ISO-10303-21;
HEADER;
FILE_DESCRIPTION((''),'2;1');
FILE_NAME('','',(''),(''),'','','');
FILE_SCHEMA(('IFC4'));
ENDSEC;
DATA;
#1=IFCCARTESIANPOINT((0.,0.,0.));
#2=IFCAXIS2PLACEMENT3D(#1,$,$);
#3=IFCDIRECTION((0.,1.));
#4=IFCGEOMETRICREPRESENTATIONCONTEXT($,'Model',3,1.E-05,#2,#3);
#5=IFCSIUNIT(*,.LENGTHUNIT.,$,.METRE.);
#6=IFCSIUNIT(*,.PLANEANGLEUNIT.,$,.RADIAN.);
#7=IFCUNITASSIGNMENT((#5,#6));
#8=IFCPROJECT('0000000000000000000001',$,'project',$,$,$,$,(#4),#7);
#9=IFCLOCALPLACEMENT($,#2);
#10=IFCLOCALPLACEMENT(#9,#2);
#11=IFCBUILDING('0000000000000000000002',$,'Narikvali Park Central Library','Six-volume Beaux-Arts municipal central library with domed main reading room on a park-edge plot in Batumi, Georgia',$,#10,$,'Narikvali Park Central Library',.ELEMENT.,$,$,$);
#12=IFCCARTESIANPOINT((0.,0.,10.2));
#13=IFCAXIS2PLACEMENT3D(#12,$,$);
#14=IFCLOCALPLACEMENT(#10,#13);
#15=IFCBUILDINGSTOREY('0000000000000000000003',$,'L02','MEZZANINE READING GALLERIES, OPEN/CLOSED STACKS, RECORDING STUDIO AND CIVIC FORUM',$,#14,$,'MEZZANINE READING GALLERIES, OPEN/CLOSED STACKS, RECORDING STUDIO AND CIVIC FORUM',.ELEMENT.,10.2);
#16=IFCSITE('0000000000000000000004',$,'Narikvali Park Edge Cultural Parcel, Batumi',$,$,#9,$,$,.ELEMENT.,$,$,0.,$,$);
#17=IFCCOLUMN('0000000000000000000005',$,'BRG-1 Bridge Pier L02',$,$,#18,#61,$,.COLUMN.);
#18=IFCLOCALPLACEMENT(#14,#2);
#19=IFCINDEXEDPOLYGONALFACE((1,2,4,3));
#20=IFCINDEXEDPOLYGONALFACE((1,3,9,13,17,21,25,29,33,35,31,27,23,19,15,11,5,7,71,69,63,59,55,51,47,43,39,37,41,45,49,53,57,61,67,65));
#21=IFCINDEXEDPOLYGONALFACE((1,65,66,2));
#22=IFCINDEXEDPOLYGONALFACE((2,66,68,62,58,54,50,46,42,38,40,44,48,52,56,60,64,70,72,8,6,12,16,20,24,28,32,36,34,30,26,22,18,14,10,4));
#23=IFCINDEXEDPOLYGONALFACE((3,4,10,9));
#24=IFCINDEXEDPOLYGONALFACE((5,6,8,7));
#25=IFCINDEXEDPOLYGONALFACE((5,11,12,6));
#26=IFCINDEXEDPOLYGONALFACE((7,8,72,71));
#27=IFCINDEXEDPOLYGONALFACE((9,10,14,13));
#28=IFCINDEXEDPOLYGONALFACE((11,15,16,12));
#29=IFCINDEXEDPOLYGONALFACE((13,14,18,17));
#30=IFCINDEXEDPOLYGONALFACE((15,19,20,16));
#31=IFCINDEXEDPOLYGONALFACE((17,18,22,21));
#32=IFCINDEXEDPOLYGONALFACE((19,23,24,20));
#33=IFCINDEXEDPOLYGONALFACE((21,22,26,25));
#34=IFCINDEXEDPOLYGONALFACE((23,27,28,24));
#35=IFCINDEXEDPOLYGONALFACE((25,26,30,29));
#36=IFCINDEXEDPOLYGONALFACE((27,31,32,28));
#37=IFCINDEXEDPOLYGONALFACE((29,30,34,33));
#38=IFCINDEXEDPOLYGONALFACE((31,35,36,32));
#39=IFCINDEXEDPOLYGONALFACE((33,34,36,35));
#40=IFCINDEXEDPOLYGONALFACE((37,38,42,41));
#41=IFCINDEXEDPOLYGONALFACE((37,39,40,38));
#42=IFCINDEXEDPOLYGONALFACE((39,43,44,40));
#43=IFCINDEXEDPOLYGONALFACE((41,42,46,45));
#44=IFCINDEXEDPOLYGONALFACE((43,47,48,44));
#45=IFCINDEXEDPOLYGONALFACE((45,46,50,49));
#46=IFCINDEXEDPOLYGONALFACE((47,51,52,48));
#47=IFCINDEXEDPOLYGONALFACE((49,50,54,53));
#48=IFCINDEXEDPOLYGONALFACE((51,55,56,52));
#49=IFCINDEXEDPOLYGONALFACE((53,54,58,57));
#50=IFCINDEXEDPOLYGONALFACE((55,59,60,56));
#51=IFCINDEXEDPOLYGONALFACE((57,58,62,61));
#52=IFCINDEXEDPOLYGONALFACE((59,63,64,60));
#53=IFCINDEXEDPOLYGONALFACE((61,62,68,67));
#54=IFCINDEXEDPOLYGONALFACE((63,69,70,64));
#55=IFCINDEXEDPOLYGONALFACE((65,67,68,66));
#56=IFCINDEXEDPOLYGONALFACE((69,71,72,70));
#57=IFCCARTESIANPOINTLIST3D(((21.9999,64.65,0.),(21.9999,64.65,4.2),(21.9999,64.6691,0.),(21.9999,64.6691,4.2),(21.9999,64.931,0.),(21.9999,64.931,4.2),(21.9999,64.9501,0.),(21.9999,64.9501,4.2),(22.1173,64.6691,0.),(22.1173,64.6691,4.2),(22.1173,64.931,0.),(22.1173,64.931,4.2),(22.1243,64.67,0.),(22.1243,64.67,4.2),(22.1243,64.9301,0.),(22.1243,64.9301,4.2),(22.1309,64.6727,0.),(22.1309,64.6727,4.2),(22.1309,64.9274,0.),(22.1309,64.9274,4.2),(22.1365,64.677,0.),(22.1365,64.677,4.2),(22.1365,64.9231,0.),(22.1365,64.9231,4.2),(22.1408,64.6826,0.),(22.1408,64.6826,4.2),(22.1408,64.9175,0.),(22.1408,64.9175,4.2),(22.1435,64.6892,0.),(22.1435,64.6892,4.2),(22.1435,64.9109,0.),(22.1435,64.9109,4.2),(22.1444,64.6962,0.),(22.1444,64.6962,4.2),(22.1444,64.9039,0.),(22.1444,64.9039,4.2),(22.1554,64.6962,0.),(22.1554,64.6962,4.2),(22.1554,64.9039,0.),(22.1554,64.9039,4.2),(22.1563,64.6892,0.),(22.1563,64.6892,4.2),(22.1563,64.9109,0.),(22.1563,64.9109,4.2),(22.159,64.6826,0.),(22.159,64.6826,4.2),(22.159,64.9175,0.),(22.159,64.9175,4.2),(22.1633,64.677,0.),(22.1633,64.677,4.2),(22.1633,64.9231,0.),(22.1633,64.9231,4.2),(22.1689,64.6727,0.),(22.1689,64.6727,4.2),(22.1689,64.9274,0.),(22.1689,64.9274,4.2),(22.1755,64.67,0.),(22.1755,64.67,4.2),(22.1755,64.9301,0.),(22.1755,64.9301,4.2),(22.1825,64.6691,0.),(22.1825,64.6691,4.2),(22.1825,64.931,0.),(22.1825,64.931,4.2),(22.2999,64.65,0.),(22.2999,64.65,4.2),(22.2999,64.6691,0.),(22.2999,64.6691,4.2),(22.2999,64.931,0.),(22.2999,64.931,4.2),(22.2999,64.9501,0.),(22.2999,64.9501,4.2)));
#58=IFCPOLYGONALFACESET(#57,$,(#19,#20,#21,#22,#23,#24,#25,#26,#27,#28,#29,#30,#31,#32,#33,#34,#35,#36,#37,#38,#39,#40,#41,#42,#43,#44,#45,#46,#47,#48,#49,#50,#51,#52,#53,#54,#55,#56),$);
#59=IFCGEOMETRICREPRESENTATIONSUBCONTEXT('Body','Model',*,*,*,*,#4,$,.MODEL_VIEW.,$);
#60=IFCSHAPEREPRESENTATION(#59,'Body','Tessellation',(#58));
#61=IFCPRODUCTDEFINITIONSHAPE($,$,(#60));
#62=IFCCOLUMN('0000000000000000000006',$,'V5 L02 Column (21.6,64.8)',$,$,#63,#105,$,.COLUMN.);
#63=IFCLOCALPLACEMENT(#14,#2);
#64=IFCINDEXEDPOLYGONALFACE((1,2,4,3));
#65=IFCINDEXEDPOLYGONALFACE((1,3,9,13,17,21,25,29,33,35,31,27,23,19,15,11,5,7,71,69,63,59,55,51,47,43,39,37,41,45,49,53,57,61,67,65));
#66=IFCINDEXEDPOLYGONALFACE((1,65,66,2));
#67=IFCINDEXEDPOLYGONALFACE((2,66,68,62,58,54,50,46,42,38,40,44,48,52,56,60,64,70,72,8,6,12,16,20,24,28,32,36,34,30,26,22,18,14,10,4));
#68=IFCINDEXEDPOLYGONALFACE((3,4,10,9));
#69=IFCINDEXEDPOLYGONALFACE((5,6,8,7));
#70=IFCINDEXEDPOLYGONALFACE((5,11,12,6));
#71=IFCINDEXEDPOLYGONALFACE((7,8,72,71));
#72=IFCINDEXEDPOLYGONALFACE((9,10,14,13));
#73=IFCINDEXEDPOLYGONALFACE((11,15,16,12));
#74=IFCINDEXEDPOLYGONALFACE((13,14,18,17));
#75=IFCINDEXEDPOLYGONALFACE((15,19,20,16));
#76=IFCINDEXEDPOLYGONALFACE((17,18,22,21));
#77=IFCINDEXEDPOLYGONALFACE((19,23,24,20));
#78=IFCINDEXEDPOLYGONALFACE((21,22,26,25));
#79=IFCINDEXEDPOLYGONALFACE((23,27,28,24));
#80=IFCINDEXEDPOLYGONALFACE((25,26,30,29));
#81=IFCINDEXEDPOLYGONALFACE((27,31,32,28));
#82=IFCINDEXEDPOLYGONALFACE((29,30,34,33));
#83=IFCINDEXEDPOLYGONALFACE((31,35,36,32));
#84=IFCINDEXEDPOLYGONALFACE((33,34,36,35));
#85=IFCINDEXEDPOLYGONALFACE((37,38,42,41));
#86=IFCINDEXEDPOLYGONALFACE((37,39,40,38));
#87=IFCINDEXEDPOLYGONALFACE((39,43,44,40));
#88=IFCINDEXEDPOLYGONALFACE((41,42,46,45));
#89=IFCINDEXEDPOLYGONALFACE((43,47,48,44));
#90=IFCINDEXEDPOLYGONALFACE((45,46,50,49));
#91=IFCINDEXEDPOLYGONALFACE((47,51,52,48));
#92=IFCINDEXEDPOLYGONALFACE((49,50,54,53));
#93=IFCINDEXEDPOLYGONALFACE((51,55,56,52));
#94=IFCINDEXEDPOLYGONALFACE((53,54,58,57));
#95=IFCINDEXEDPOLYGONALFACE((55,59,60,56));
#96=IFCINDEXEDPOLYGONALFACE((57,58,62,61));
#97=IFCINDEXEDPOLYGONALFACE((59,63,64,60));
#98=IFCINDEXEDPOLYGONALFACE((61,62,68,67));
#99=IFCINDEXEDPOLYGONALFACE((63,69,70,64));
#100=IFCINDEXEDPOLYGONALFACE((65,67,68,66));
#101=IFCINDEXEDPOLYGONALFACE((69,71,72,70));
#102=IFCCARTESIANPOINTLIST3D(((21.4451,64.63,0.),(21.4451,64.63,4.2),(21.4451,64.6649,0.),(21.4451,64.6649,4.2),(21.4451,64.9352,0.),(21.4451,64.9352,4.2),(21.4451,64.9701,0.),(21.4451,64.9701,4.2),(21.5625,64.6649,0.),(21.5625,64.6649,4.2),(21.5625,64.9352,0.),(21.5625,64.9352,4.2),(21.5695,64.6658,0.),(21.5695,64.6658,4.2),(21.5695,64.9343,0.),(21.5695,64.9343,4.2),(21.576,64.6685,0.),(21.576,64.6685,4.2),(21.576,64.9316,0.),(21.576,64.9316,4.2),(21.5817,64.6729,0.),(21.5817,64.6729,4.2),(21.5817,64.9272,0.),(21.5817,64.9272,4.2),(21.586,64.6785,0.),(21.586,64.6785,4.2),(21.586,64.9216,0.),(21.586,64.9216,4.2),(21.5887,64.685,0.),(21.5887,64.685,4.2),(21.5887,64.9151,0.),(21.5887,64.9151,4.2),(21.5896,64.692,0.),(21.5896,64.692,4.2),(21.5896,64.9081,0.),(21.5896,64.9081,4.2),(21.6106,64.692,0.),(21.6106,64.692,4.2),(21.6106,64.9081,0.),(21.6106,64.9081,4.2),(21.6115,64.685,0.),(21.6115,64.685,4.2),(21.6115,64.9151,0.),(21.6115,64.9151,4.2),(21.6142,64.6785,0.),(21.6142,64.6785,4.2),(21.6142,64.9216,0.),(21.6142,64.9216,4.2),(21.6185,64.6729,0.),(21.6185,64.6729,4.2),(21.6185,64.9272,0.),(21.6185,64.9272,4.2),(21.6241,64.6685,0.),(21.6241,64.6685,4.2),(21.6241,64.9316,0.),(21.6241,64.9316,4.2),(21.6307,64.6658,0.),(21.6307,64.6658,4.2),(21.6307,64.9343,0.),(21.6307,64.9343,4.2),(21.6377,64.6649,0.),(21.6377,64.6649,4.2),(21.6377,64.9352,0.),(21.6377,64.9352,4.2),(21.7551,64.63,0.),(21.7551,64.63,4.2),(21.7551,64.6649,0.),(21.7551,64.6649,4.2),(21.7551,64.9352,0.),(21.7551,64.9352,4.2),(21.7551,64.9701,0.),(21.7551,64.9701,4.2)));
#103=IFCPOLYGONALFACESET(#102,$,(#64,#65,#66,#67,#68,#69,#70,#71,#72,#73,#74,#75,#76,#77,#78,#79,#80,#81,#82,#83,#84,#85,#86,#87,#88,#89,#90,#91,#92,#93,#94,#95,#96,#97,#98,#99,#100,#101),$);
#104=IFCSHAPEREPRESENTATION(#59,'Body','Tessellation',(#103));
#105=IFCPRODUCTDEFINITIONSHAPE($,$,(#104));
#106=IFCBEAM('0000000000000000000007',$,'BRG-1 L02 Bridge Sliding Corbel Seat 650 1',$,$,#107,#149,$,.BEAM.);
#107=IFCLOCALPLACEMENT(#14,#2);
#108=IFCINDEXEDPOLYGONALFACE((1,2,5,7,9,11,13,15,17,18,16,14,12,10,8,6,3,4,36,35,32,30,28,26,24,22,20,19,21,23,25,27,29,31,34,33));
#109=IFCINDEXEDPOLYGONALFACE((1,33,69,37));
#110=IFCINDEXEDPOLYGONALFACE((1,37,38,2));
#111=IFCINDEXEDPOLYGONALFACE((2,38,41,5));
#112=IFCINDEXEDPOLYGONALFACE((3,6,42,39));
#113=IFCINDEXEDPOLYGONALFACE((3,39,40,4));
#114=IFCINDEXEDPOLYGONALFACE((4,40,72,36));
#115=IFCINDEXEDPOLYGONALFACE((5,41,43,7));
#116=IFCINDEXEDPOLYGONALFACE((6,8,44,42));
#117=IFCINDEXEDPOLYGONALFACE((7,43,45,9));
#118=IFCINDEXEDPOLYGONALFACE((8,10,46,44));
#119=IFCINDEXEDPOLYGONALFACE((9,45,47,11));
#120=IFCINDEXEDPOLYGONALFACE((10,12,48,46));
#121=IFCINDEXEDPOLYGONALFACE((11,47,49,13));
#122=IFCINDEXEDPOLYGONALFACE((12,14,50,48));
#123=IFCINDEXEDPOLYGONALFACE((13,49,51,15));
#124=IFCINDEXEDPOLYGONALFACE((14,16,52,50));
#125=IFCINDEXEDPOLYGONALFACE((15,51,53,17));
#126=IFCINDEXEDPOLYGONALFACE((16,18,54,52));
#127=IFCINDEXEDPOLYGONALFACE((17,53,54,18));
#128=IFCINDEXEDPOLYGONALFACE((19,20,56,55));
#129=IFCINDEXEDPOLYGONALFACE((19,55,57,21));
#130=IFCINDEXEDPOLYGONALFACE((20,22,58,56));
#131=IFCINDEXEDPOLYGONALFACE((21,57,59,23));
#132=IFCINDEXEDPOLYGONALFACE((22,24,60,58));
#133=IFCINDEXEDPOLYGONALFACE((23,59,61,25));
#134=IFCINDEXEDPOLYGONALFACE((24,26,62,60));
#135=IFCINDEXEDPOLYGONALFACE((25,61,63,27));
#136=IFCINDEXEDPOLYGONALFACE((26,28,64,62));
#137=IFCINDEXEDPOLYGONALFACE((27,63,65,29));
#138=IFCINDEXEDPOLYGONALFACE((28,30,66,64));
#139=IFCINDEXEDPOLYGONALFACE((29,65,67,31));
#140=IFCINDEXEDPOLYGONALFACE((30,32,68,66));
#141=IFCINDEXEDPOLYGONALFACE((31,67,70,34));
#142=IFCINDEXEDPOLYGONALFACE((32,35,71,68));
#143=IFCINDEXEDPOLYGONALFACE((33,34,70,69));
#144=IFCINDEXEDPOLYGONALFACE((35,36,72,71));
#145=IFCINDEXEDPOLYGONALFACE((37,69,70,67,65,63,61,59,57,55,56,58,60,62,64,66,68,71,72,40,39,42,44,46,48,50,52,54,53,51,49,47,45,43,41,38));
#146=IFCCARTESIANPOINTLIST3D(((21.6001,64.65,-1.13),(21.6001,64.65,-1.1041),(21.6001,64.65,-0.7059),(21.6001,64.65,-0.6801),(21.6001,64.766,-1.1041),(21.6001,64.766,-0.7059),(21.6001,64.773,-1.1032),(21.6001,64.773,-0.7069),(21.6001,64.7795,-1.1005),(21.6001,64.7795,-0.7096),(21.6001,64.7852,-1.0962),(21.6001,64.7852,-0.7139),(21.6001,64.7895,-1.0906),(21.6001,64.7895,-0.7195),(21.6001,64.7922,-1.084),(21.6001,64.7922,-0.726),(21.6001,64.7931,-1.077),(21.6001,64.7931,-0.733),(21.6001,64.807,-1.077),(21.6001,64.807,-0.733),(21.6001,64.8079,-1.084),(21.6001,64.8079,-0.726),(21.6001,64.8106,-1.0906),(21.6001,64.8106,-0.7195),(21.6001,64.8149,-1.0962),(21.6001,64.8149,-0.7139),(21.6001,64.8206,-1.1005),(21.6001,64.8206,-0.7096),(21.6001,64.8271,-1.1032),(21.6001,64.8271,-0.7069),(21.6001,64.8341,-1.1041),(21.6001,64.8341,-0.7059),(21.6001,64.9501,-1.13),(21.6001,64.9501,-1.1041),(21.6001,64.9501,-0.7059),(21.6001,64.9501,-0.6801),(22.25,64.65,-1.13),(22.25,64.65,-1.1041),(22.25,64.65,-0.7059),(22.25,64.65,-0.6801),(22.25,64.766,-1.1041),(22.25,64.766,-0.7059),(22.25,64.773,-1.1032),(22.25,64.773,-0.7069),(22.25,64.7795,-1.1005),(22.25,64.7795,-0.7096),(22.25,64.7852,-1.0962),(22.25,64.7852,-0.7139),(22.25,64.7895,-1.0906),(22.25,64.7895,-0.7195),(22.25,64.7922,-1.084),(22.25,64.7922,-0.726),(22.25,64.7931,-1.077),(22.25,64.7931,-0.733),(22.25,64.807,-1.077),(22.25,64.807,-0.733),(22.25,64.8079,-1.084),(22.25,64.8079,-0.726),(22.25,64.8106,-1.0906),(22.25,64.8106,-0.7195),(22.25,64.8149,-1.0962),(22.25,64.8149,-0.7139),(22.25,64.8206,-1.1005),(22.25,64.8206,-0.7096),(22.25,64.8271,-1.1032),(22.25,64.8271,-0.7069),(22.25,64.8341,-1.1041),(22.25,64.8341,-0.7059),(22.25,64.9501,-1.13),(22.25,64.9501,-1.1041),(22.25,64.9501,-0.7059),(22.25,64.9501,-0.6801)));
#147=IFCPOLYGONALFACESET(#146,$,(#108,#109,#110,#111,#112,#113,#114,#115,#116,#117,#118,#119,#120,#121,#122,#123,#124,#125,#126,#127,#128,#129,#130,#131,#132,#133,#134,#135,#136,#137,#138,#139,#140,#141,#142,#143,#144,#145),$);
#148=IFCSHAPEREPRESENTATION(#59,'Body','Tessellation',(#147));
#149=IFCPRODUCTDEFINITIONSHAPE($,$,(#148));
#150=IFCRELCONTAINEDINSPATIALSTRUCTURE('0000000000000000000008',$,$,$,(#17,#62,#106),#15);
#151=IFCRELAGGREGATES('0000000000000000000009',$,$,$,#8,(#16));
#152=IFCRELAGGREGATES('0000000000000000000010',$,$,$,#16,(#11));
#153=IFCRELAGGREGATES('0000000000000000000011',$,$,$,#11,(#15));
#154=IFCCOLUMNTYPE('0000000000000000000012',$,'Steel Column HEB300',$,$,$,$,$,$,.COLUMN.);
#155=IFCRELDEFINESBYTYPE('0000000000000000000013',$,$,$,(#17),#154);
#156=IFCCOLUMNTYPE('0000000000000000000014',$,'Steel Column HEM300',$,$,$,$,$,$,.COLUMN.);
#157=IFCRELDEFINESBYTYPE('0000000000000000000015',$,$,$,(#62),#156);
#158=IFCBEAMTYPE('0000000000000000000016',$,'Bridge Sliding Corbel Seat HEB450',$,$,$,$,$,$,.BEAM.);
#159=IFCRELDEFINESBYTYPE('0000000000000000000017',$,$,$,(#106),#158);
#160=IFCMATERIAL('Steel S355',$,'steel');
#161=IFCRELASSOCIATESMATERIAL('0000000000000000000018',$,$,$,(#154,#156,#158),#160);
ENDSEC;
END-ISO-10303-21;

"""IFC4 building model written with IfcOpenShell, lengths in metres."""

from ifc_helpers import new_model, si_unit, direction, frame, origin, origin_2d, place, context, subcontext, project, spatial, i_section, extrude, material, material_profile, profile_set, type_object, element, save


model = new_model("IFC4")

# Units and contexts
model_context = context("Model", 3, precision=1e-05, world=origin(), true_north=direction((0.0, 1.0)))
body_context = subcontext(model_context, "Body", "Model", "MODEL_VIEW")
ifc_project = project(units=[si_unit("LENGTHUNIT", "METRE"), si_unit("PLANEANGLEUNIT", "RADIAN")], contexts=[model_context])

# Site, building, storey
site_placement = place(None, origin())
site = spatial("IfcSite", under=ifc_project, at=site_placement, Name="Narikvali Park Edge Cultural Parcel, Batumi", CompositionType="ELEMENT", RefElevation=0.0)
building_placement = place(site_placement, origin())
building = spatial("IfcBuilding", under=site, at=building_placement, Name="Narikvali Park Central Library", Description="Six-volume Beaux-Arts municipal central library with domed main reading room on a park-edge plot in Batumi, Georgia", LongName="Narikvali Park Central Library", CompositionType="ELEMENT")
storey_placement = place(building_placement, frame((0.0, 0.0, 10.2)))
storey = spatial("IfcBuildingStorey", under=building, at=storey_placement, Name="L02", Description="MEZZANINE READING GALLERIES, OPEN/CLOSED STACKS, RECORDING STUDIO AND CIVIC FORUM", LongName="MEZZANINE READING GALLERIES, OPEN/CLOSED STACKS, RECORDING STUDIO AND CIVIC FORUM", CompositionType="ELEMENT", Elevation=10.2)

# Columns
ifc_material_1 = material(Name="Steel S355", Category="steel")
ifc_material_profile_1 = material_profile(ifc_material_1, i_section(OverallWidth=0.3, OverallDepth=0.3, WebThickness=0.011, FlangeThickness=0.019, FilletRadius=0.0271, at=origin_2d()), Name="HEB 300")
ifc_profile_set_1 = profile_set([ifc_material_profile_1], Name="Steel S355")
column_type_1 = type_object("IfcColumnType", Name="Steel Column HEB300", PredefinedType="COLUMN", material=ifc_profile_set_1)
column_1_placement = place(storey_placement, frame((22.1499, 64.8, 0.0), z_axis=(0.0, 0.0, 1.0), x_axis=(1.0, 0.0, 0.0)))
element("IfcColumn", 1, at=column_1_placement, inside=storey, type_object=column_type_1, Name="BRG-1 Bridge Pier L02", PredefinedType="COLUMN", context=body_context, shape_type="SweptSolid", body=[
    extrude(i_section(OverallWidth=0.3, OverallDepth=0.3, WebThickness=0.011, FlangeThickness=0.019, FilletRadius=0.0271, at=origin_2d()), origin(), (0.0, 0.0, 1.0), 4.2),
])
ifc_material_profile_2 = material_profile(ifc_material_1, i_section(OverallWidth=0.3101, OverallDepth=0.3401, WebThickness=0.021, FlangeThickness=0.0349, FilletRadius=0.0271, at=origin_2d()), Name="HEM 300")
ifc_profile_set_2 = profile_set([ifc_material_profile_2], Name="Steel S355")
column_type_2 = type_object("IfcColumnType", Name="Steel Column HEM300", PredefinedType="COLUMN", material=ifc_profile_set_2)
column_2_placement = place(storey_placement, frame((21.6001, 64.8, 0.0), z_axis=(0.0, 0.0, 1.0), x_axis=(1.0, 0.0, 0.0)))
element("IfcColumn", 2, at=column_2_placement, inside=storey, type_object=column_type_2, Name="V5 L02 Column (21.6,64.8)", PredefinedType="COLUMN", context=body_context, shape_type="SweptSolid", body=[
    extrude(i_section(OverallWidth=0.3101, OverallDepth=0.3401, WebThickness=0.021, FlangeThickness=0.0349, FilletRadius=0.0271, at=origin_2d()), origin(), (0.0, 0.0, 1.0), 4.2),
])

# Beam
ifc_material_profile_3 = material_profile(ifc_material_1, i_section(OverallWidth=0.3, OverallDepth=0.45, WebThickness=0.0139, FlangeThickness=0.0259, FilletRadius=0.0271, at=origin_2d()), Name="HEB 450")
ifc_profile_set_3 = profile_set([ifc_material_profile_3], Name="Steel S355")
beam_type_1 = type_object("IfcBeamType", Name="Bridge Sliding Corbel Seat HEB450", PredefinedType="BEAM", material=ifc_profile_set_3)
beam_1_placement = place(storey_placement, frame((21.6001, 64.8, -0.905), z_axis=(1.0, 0.0, 0.0), x_axis=(0.0, 1.0, 0.0)))
element("IfcBeam", 3, at=beam_1_placement, inside=storey, type_object=beam_type_1, Name="BRG-1 L02 Bridge Sliding Corbel Seat 650 1", PredefinedType="BEAM", context=body_context, shape_type="SweptSolid", body=[
    extrude(i_section(OverallWidth=0.3, OverallDepth=0.45, WebThickness=0.0139, FlangeThickness=0.0259, FilletRadius=0.0271, at=origin_2d()), origin(), (0.0, 0.0, 1.0), 0.6499),
])

save(model, "model.ifc")
